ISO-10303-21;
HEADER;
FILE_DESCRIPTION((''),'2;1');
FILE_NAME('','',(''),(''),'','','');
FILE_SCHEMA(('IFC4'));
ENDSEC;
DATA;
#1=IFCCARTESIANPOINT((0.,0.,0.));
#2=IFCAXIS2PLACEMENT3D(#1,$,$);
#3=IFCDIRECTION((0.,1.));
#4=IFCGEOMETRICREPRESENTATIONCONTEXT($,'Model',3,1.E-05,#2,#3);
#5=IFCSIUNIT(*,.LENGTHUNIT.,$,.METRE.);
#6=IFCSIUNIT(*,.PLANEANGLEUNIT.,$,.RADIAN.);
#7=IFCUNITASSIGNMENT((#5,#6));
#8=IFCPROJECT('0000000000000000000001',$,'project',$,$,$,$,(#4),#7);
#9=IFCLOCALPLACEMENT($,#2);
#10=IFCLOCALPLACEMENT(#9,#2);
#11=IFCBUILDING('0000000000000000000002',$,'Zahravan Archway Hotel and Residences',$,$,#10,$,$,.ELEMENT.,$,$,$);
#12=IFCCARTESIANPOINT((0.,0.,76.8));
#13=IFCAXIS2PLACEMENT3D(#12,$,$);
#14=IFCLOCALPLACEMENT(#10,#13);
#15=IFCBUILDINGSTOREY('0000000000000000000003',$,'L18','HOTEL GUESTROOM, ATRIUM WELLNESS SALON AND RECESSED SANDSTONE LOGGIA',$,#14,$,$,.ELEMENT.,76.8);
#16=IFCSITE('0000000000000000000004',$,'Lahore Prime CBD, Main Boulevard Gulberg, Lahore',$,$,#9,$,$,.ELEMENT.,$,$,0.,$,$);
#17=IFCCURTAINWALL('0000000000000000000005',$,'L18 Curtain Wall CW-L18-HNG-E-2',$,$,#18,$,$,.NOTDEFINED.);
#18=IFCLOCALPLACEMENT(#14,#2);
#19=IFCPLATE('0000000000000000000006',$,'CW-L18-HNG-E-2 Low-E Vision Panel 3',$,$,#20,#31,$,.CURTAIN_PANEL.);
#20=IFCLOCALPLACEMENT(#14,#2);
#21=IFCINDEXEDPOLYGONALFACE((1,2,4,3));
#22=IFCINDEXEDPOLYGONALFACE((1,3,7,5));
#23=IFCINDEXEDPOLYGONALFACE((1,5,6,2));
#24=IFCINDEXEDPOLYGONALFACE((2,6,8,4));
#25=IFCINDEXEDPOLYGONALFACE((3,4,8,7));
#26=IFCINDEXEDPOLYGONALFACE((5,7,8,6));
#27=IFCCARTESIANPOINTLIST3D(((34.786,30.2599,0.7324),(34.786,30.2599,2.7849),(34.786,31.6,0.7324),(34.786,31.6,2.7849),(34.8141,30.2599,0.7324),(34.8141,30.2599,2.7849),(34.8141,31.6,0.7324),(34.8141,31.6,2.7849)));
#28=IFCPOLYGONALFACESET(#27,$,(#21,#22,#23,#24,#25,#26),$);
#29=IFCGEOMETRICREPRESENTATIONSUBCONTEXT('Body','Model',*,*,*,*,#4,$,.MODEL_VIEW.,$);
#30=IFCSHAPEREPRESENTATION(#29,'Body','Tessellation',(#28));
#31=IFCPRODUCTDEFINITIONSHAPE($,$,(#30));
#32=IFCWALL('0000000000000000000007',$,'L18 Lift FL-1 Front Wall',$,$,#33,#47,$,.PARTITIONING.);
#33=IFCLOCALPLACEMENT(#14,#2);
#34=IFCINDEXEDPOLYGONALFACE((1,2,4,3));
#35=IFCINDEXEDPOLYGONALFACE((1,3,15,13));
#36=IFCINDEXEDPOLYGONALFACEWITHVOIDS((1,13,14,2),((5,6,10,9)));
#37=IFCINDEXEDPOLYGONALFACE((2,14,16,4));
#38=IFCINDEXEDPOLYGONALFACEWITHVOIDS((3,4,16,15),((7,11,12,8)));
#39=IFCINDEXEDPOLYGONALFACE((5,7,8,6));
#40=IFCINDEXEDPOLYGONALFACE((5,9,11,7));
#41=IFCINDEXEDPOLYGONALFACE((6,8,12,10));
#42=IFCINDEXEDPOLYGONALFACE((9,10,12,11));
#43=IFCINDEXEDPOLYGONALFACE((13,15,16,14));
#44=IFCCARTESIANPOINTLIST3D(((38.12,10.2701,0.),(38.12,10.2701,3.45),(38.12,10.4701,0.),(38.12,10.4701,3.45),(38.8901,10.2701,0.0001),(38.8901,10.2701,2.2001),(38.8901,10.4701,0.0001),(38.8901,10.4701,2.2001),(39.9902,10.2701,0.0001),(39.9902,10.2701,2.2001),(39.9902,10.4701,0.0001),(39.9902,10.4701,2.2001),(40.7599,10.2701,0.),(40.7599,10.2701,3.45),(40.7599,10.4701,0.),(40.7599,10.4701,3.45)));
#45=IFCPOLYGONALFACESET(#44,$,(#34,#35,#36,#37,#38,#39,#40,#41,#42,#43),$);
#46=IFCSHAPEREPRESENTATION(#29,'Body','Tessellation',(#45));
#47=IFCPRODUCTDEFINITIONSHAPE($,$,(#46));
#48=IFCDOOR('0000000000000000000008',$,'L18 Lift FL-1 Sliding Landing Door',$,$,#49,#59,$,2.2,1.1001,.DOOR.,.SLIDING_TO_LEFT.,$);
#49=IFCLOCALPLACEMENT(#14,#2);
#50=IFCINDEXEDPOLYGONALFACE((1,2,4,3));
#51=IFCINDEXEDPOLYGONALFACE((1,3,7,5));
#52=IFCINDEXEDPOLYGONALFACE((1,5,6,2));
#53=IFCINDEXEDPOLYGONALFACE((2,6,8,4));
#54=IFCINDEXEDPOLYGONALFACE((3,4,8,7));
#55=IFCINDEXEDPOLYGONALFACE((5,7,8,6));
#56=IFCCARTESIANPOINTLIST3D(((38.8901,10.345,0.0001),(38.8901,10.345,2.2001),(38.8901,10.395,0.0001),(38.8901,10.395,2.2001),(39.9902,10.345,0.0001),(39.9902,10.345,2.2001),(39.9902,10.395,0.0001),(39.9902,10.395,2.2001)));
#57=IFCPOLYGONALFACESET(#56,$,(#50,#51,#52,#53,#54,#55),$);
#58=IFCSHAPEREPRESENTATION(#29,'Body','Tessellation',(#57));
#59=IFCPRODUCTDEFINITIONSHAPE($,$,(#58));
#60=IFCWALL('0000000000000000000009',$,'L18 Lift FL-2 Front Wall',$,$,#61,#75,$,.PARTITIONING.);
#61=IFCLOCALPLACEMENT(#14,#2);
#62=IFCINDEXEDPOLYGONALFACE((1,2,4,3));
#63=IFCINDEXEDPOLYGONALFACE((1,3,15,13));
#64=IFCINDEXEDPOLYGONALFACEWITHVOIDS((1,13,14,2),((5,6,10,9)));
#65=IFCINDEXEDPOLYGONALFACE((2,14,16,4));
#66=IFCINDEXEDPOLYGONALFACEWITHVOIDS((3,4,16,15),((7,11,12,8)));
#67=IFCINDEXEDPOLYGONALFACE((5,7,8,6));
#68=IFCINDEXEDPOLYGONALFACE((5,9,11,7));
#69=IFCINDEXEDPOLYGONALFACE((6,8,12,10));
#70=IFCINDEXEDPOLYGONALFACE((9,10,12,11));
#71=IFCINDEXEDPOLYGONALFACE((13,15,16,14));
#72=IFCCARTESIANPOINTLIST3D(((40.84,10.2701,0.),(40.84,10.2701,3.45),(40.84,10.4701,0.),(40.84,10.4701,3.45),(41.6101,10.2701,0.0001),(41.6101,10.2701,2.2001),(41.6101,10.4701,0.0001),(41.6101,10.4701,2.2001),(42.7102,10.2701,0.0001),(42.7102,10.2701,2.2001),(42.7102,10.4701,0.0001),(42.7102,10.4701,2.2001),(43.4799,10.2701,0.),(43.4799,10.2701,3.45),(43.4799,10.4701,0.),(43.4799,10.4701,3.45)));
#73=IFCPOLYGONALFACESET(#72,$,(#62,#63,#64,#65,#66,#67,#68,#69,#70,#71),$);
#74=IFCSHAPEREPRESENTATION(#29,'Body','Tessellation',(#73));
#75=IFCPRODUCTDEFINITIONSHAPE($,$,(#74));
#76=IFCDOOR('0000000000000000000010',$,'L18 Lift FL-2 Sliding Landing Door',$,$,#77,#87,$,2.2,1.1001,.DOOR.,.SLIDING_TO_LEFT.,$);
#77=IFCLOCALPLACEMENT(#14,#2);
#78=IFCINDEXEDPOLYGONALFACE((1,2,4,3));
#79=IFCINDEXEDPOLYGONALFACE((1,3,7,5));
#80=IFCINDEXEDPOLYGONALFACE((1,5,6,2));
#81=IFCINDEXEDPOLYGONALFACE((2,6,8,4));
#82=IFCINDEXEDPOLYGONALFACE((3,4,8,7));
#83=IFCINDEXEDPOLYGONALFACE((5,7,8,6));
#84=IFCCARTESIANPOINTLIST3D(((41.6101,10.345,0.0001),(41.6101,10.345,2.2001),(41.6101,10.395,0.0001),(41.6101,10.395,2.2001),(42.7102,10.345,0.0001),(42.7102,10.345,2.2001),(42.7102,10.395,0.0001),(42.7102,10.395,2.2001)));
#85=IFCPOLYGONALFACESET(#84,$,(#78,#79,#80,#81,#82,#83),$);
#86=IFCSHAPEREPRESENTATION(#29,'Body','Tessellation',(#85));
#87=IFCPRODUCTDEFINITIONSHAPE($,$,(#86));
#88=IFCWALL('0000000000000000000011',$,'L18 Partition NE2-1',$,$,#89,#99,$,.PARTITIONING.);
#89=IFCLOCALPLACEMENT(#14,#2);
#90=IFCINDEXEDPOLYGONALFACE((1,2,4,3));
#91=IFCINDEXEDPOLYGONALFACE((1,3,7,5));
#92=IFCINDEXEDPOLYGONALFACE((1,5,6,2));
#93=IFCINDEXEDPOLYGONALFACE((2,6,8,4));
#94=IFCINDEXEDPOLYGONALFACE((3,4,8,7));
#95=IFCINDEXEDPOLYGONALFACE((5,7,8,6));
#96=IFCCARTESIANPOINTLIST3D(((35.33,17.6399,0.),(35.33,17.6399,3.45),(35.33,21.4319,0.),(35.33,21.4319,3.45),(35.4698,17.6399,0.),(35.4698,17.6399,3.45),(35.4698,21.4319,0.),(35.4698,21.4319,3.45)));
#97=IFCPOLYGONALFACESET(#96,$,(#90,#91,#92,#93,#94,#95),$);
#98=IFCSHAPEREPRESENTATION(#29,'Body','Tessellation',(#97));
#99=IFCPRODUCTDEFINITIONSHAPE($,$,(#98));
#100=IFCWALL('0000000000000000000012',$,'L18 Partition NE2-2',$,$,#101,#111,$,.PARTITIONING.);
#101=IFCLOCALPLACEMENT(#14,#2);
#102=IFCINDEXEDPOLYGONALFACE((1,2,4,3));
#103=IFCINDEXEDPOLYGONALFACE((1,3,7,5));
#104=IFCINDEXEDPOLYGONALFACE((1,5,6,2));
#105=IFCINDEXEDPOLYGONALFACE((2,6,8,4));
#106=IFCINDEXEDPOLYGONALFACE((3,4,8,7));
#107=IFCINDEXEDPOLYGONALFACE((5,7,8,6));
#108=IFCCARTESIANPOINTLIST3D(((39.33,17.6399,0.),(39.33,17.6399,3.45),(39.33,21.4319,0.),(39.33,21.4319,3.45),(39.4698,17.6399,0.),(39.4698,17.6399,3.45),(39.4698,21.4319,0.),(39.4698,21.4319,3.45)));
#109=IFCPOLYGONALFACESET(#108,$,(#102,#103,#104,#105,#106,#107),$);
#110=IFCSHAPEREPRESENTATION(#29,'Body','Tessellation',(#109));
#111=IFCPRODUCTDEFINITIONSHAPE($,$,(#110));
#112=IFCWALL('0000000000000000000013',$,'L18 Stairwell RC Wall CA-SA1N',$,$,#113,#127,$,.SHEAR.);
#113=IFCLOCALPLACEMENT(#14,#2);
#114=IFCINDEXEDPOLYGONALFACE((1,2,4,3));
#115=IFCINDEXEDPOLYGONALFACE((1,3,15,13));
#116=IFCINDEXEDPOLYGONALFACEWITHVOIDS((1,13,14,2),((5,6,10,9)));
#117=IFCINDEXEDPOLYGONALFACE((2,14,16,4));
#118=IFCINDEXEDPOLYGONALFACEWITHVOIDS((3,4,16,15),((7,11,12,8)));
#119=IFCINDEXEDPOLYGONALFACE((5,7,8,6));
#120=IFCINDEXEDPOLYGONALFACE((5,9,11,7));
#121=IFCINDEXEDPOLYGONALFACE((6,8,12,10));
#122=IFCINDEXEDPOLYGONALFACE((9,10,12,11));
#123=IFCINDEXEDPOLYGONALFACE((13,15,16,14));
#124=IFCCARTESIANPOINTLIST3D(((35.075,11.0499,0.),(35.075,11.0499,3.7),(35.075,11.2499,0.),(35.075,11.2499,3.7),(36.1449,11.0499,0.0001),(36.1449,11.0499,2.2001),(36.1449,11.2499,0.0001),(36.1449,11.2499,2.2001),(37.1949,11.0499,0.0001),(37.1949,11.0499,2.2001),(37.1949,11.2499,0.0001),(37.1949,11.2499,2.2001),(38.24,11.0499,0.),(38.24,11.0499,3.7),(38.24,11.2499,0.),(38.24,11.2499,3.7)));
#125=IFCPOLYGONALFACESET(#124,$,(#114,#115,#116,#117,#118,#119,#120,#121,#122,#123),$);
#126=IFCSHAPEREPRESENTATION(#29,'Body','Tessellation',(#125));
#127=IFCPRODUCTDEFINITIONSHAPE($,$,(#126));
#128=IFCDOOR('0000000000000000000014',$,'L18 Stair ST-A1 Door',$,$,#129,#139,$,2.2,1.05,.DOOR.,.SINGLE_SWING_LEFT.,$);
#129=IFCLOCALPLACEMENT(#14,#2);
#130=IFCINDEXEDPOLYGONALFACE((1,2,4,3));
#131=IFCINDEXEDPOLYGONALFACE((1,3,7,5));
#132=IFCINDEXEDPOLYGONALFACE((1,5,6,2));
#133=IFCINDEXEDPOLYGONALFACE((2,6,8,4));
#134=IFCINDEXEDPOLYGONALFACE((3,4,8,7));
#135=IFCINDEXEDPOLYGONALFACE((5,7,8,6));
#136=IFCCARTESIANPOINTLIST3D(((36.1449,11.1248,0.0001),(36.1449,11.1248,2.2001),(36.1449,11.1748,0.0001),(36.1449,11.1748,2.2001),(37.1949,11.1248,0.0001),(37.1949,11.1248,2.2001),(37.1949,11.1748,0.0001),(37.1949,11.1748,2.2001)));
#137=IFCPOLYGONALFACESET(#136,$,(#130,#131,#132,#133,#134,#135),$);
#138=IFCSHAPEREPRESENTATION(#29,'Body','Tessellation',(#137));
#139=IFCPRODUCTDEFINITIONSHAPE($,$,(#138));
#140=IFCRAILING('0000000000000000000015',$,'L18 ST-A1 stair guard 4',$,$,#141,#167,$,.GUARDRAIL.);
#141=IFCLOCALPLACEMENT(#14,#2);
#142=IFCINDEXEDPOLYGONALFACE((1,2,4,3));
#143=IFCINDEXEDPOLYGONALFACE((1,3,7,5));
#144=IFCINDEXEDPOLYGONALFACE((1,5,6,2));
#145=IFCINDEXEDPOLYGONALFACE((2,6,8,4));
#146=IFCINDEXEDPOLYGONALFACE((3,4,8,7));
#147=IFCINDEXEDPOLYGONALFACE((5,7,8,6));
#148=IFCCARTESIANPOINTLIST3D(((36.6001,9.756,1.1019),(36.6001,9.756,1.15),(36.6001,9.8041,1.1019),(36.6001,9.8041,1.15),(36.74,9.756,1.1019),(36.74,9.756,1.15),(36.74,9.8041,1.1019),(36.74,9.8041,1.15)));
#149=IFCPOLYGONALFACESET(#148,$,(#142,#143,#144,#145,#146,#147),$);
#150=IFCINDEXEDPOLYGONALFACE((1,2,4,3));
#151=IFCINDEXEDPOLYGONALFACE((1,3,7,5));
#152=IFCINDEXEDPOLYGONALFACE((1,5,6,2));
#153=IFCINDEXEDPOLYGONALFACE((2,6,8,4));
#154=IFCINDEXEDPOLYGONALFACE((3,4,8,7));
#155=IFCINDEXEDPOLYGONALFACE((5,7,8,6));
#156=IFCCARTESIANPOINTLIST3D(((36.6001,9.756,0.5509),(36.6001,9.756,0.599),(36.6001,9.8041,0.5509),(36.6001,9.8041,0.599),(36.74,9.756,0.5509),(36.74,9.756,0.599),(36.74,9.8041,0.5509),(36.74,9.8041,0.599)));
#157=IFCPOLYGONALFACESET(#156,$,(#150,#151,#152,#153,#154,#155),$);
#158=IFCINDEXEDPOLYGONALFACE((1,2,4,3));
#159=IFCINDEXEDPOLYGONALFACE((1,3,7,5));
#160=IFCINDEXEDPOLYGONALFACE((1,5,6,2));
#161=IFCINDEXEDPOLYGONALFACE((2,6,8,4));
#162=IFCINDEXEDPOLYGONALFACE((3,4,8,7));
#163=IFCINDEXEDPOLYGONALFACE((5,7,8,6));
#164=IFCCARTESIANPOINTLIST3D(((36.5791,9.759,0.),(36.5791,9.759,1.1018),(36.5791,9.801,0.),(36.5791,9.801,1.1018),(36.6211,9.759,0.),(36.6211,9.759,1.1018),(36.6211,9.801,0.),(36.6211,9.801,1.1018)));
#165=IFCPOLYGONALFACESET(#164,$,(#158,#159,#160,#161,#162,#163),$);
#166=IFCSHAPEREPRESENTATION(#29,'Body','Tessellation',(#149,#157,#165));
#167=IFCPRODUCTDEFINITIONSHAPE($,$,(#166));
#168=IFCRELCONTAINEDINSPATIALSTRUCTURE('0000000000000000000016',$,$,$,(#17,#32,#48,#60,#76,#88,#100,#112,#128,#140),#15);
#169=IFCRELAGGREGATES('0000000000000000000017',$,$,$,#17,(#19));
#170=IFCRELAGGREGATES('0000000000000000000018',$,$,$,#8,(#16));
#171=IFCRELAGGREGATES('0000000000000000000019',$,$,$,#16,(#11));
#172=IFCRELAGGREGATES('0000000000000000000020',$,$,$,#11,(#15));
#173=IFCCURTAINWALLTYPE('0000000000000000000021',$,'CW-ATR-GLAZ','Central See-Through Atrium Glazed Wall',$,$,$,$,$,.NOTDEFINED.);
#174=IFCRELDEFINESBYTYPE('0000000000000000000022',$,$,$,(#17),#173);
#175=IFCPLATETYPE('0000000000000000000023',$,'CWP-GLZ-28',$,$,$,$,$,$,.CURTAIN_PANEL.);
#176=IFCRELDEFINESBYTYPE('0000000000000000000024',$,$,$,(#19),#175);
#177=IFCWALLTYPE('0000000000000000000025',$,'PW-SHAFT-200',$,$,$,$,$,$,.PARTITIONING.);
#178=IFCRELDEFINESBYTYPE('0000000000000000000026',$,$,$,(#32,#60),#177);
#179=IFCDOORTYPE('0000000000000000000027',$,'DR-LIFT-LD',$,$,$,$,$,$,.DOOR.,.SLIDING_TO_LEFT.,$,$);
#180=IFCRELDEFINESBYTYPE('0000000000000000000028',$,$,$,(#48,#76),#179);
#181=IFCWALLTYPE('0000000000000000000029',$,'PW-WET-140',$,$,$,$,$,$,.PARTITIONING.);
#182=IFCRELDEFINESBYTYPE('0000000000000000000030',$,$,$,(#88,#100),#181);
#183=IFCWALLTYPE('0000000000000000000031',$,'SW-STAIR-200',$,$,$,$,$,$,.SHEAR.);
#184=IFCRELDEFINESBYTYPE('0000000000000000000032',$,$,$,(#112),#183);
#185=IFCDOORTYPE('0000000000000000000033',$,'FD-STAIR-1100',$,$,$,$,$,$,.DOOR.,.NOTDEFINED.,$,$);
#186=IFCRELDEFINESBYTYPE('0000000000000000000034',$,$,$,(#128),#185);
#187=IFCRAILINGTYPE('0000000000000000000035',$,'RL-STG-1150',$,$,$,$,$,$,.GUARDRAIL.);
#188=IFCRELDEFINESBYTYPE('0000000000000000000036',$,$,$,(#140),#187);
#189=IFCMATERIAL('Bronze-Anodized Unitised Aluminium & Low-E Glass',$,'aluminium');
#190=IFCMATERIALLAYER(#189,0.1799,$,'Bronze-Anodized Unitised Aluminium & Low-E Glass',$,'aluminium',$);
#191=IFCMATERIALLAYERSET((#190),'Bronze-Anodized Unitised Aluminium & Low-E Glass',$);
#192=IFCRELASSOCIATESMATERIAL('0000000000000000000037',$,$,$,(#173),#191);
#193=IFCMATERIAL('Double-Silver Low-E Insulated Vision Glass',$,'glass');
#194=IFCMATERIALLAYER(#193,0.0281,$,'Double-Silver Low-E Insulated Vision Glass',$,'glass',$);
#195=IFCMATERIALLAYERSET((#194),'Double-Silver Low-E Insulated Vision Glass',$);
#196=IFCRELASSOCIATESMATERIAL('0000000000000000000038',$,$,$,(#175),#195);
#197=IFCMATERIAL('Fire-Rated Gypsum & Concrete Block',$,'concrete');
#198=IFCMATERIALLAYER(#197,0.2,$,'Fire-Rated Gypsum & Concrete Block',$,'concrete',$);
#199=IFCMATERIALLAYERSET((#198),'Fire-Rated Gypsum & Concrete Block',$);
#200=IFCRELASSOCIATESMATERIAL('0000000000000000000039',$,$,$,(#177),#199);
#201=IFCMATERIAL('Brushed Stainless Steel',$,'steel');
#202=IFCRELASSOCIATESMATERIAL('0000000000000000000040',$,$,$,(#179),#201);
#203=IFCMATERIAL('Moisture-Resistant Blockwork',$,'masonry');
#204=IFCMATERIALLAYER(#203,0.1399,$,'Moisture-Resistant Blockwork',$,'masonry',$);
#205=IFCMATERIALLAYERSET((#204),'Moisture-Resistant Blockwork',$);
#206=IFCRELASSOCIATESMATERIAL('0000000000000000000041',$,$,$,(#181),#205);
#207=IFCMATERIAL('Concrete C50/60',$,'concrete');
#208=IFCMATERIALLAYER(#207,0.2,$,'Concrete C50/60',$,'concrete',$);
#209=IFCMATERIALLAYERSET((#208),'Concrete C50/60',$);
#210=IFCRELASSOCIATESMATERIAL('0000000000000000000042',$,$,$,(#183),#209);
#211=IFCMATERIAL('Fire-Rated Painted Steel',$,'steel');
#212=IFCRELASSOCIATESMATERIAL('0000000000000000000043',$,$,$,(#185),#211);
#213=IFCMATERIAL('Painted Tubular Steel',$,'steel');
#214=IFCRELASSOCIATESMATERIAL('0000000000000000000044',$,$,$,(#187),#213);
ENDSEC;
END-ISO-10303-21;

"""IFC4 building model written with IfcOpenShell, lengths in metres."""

from ifc_helpers import new_model, si_unit, direction, frame, frame_2d, origin, origin_2d, place, context, subcontext, project, spatial, rectangle, extrude, source, transform, mapped, material, layer, layer_set, type_object, type_shapes, element, fill, aggregate, save


model = new_model("IFC4")

# Units and contexts
model_context = context("Model", 3, precision=1e-05, world=origin(), true_north=direction((0.0, 1.0)))
body_context = subcontext(model_context, "Body", "Model", "MODEL_VIEW")
ifc_project = project(units=[si_unit("LENGTHUNIT", "METRE"), si_unit("PLANEANGLEUNIT", "RADIAN")], contexts=[model_context])

# Site, building, storey
site_placement = place(None, origin())
site = spatial("IfcSite", under=ifc_project, at=site_placement, Name="Lahore Prime CBD, Main Boulevard Gulberg, Lahore", CompositionType="ELEMENT", RefElevation=0.0)
building_placement = place(site_placement, origin())
building = spatial("IfcBuilding", under=site, at=building_placement, Name="Zahravan Archway Hotel and Residences", CompositionType="ELEMENT")
storey_placement = place(building_placement, frame((0.0, 0.0, 76.8)))
storey = spatial("IfcBuildingStorey", under=building, at=storey_placement, Name="L18", Description="HOTEL GUESTROOM, ATRIUM WELLNESS SALON AND RECESSED SANDSTONE LOGGIA", CompositionType="ELEMENT", Elevation=76.8)

# Curtain wall, plate
ifc_material_1 = material(Name="Bronze-Anodized Unitised Aluminium & Low-E Glass", Category="aluminium")
ifc_layer_1 = layer(ifc_material_1, 0.1799, Name="Bronze-Anodized Unitised Aluminium & Low-E Glass", Category="aluminium")
ifc_layer_set_1 = layer_set([ifc_layer_1], Name="Bronze-Anodized Unitised Aluminium & Low-E Glass")
curtain_wall_type = type_object("IfcCurtainWallType", Name="CW-ATR-GLAZ", Description="Central See-Through Atrium Glazed Wall", PredefinedType="NOTDEFINED", material=ifc_layer_set_1)
curtain_wall_placement = place(storey_placement, origin())
curtain_wall = element("IfcCurtainWall", 1, at=curtain_wall_placement, inside=storey, type_object=curtain_wall_type, Name="L18 Curtain Wall CW-L18-HNG-E-2", PredefinedType="NOTDEFINED")
ifc_material_2 = material(Name="Double-Silver Low-E Insulated Vision Glass", Category="glass")
ifc_layer_2 = layer(ifc_material_2, 0.0281, Name="Double-Silver Low-E Insulated Vision Glass", Category="glass")
ifc_layer_set_2 = layer_set([ifc_layer_2], Name="Double-Silver Low-E Insulated Vision Glass")
plate_type_1 = type_object("IfcPlateType", Name="CWP-GLZ-28", PredefinedType="CURTAIN_PANEL", material=ifc_layer_set_2)
shared_shape_1 = source(origin(), body_context, "Body", "SweptSolid", [
    extrude(rectangle(XDim=1.3401, YDim=0.0281, at=origin_2d()), origin(), (0.0, 0.0, 1.0), 2.0525),
])
plate_1_placement = place(storey_placement, frame((34.8, 30.9299, 0.7324), z_axis=(0.0, 0.0, 1.0), x_axis=(0.0, 1.0, 0.0)))
plate_1 = element("IfcPlate", 2, at=plate_1_placement, type_object=plate_type_1, Name="CW-L18-HNG-E-2 Low-E Vision Panel 3", PredefinedType="CURTAIN_PANEL", context=body_context, shape_type="MappedRepresentation", body=[
    mapped(shared_shape_1, transform((0.0, 0.0, 0.0), scale=1.0)),
])
aggregate(curtain_wall, [plate_1])

# Walls, openings, doors
ifc_material_3 = material(Name="Fire-Rated Gypsum & Concrete Block", Category="concrete")
ifc_material_4 = material(Name="Fire-Rated Painted Steel", Category="steel")
ifc_layer_3 = layer(ifc_material_3, 0.2, Name="Fire-Rated Gypsum & Concrete Block", Category="concrete")
ifc_layer_set_3 = layer_set([ifc_layer_3], Name="Fire-Rated Gypsum & Concrete Block")
wall_type_1 = type_object("IfcWallType", Name="PW-SHAFT-200", PredefinedType="PARTITIONING", material=ifc_layer_set_3)
wall_1_placement = place(storey_placement, frame((38.1201, 10.3701, 0.0), z_axis=(0.0, 0.0, 1.0), x_axis=(1.0, 0.0, 0.0)))
wall_1 = element("IfcWall", 3, at=wall_1_placement, inside=storey, type_object=wall_type_1, Name="L18 Lift FL-1 Front Wall", PredefinedType="PARTITIONING", context=body_context, shape_type="SweptSolid", body=[
    extrude(rectangle(XDim=2.6399, YDim=0.2, at=frame_2d((1.3198, 0.0))), origin(), (0.0, 0.0, 1.0), 3.45),
])
opening_1_placement = place(wall_1_placement, frame((0.77, 0.0, 0.0)))
opening_1 = element("IfcOpeningElement", 4, at=opening_1_placement, cuts=wall_1, PredefinedType="OPENING", context=body_context, shape_type="SweptSolid", body=[
    extrude(rectangle(XDim=1.1001, YDim=2.2, at=frame_2d((0.55, 1.1001))), frame((0.0, 0.1099, 0.0), z_axis=(0.0, -1.0, 0.0), x_axis=(1.0, 0.0, 0.0)), (0.0, 0.0, 1.0), 0.22),
])
ifc_material_5 = material(Name="Brushed Stainless Steel", Category="steel")
door_type_1 = type_object("IfcDoorType", Name="DR-LIFT-LD", OperationType="SLIDING_TO_LEFT", PredefinedType="DOOR", material=ifc_material_5)
shared_shape_2 = source(origin(), body_context, "Body", "SweptSolid", [
    extrude(rectangle(XDim=1.1001, YDim=2.2, at=frame_2d((0.55, 1.1001))), frame((0.0, 0.0249, 0.0), z_axis=(0.0, -1.0, 0.0), x_axis=(1.0, 0.0, 0.0)), (0.0, 0.0, 1.0), 0.05),
])
type_shapes(door_type_1, [shared_shape_2])
door_1_placement = place(opening_1_placement, origin())
door_1 = element("IfcDoor", 5, at=door_1_placement, inside=storey, type_object=door_type_1, Name="L18 Lift FL-1 Sliding Landing Door", OperationType="SLIDING_TO_LEFT", OverallHeight=2.2, OverallWidth=1.1001, PredefinedType="DOOR", context=body_context, shape_type="MappedRepresentation", body=[
    mapped(shared_shape_2, transform((0.0, 0.0, 0.0), scale=1.0)),
])
fill(opening_1, door_1)
wall_2_placement = place(storey_placement, frame((40.8401, 10.3701, 0.0), z_axis=(0.0, 0.0, 1.0), x_axis=(1.0, 0.0, 0.0)))
wall_2 = element("IfcWall", 6, at=wall_2_placement, inside=storey, type_object=wall_type_1, Name="L18 Lift FL-2 Front Wall", PredefinedType="PARTITIONING", context=body_context, shape_type="SweptSolid", body=[
    extrude(rectangle(XDim=2.6399, YDim=0.2, at=frame_2d((1.3198, 0.0))), origin(), (0.0, 0.0, 1.0), 3.45),
])
opening_2_placement = place(wall_2_placement, frame((0.77, 0.0, 0.0)))
opening_2 = element("IfcOpeningElement", 7, at=opening_2_placement, cuts=wall_2, PredefinedType="OPENING", context=body_context, shape_type="SweptSolid", body=[
    extrude(rectangle(XDim=1.1001, YDim=2.2, at=frame_2d((0.55, 1.1001))), frame((0.0, 0.1099, 0.0), z_axis=(0.0, -1.0, 0.0), x_axis=(1.0, 0.0, 0.0)), (0.0, 0.0, 1.0), 0.22),
])
door_2_placement = place(opening_2_placement, origin())
door_2 = element("IfcDoor", 8, at=door_2_placement, inside=storey, type_object=door_type_1, Name="L18 Lift FL-2 Sliding Landing Door", OperationType="SLIDING_TO_LEFT", OverallHeight=2.2, OverallWidth=1.1001, PredefinedType="DOOR", context=body_context, shape_type="MappedRepresentation", body=[
    mapped(shared_shape_2, transform((0.0, 0.0, 0.0), scale=1.0)),
])
fill(opening_2, door_2)

# Walls
ifc_material_6 = material(Name="Moisture-Resistant Blockwork", Category="masonry")
ifc_layer_4 = layer(ifc_material_6, 0.1399, Name="Moisture-Resistant Blockwork", Category="masonry")
ifc_layer_set_4 = layer_set([ifc_layer_4], Name="Moisture-Resistant Blockwork")
wall_type_2 = type_object("IfcWallType", Name="PW-WET-140", PredefinedType="PARTITIONING", material=ifc_layer_set_4)
for number, where, z_axis, x_axis, name in (
    (9, (35.3999, 17.6399, 0.0), (0.0, 0.0, 1.0), (0.0, 1.0, 0.0), "L18 Partition NE2-1"),
    (10, (39.3999, 17.6399, 0.0), (0.0, 0.0, 1.0), (0.0, 1.0, 0.0), "L18 Partition NE2-2"),
):
    element("IfcWall", number, at=place(storey_placement, frame(where, z_axis=z_axis, x_axis=x_axis)), inside=storey, type_object=wall_type_2, Name=name, PredefinedType="PARTITIONING", context=body_context, shape_type="SweptSolid", body=[
        extrude(rectangle(XDim=3.792, YDim=0.1399, at=frame_2d((1.896, 0.0))), origin(), (0.0, 0.0, 1.0), 3.45),
    ])

# Wall, opening, door
ifc_material_7 = material(Name="Concrete C50/60", Category="concrete")
ifc_layer_5 = layer(ifc_material_7, 0.2, Name="Concrete C50/60", Category="concrete")
ifc_layer_set_5 = layer_set([ifc_layer_5], Name="Concrete C50/60")
wall_type_3 = type_object("IfcWallType", Name="SW-STAIR-200", PredefinedType="SHEAR", material=ifc_layer_set_5)
wall_3_placement = place(storey_placement, frame((35.075, 11.1499, 0.0), z_axis=(0.0, 0.0, 1.0), x_axis=(1.0, 0.0, 0.0)))
wall_3 = element("IfcWall", 11, at=wall_3_placement, inside=storey, type_object=wall_type_3, Name="L18 Stairwell RC Wall CA-SA1N", PredefinedType="SHEAR", context=body_context, shape_type="SweptSolid", body=[
    extrude(rectangle(XDim=3.165, YDim=0.2, at=frame_2d((1.5825, 0.0))), origin(), (0.0, 0.0, 1.0), 3.7),
])
opening_3_placement = place(wall_3_placement, frame((1.0701, 0.0, 0.0)))
opening_3 = element("IfcOpeningElement", 12, at=opening_3_placement, cuts=wall_3, PredefinedType="OPENING", context=body_context, shape_type="SweptSolid", body=[
    extrude(rectangle(XDim=1.05, YDim=2.2, at=frame_2d((0.5249, 1.1001))), frame((0.0, 0.1099, 0.0), z_axis=(0.0, -1.0, 0.0), x_axis=(1.0, 0.0, 0.0)), (0.0, 0.0, 1.0), 0.22),
])
door_type_2 = type_object("IfcDoorType", Name="FD-STAIR-1100", OperationType="NOTDEFINED", PredefinedType="DOOR", material=ifc_material_4)
shared_shape_3 = source(origin(), body_context, "Body", "SweptSolid", [
    extrude(rectangle(XDim=1.05, YDim=2.2, at=frame_2d((0.5249, 1.1001))), frame((0.0, 0.0249, 0.0), z_axis=(0.0, -1.0, 0.0), x_axis=(1.0, 0.0, 0.0)), (0.0, 0.0, 1.0), 0.05),
])
type_shapes(door_type_2, [shared_shape_3])
door_3_placement = place(opening_3_placement, origin())
door_3 = element("IfcDoor", 13, at=door_3_placement, inside=storey, type_object=door_type_2, Name="L18 Stair ST-A1 Door", OperationType="SINGLE_SWING_LEFT", OverallHeight=2.2, OverallWidth=1.05, PredefinedType="DOOR", context=body_context, shape_type="MappedRepresentation", body=[
    mapped(shared_shape_3, transform((0.0, 0.0, 0.0), scale=1.0)),
])
fill(opening_3, door_3)

# Railing
ifc_material_8 = material(Name="Painted Tubular Steel", Category="steel")
railing_type = type_object("IfcRailingType", Name="RL-STG-1150", PredefinedType="GUARDRAIL", material=ifc_material_8)
railing_placement = place(storey_placement, frame((36.6001, 9.78, 0.0)))
element("IfcRailing", 14, at=railing_placement, inside=storey, type_object=railing_type, Name="L18 ST-A1 stair guard 4", PredefinedType="GUARDRAIL", context=body_context, shape_type="SweptSolid", body=[
    extrude(rectangle(XDim=0.0481, YDim=0.0481, at=origin_2d()), frame((0.0, 0.0, 1.126), z_axis=(1.0, 0.0, 0.0), x_axis=(0.0, 1.0, 0.0)), (0.0, 0.0, 1.0), 0.1399),
    extrude(rectangle(XDim=0.0481, YDim=0.0481, at=origin_2d()), frame((0.0, 0.0, 0.575), z_axis=(1.0, 0.0, 0.0), x_axis=(0.0, 1.0, 0.0)), (0.0, 0.0, 1.0), 0.1399),
    extrude(rectangle(XDim=0.042, YDim=0.042, at=origin_2d()), origin(), (0.0, 0.0, 1.0), 1.1018),
])

save(model, "model.ifc")
